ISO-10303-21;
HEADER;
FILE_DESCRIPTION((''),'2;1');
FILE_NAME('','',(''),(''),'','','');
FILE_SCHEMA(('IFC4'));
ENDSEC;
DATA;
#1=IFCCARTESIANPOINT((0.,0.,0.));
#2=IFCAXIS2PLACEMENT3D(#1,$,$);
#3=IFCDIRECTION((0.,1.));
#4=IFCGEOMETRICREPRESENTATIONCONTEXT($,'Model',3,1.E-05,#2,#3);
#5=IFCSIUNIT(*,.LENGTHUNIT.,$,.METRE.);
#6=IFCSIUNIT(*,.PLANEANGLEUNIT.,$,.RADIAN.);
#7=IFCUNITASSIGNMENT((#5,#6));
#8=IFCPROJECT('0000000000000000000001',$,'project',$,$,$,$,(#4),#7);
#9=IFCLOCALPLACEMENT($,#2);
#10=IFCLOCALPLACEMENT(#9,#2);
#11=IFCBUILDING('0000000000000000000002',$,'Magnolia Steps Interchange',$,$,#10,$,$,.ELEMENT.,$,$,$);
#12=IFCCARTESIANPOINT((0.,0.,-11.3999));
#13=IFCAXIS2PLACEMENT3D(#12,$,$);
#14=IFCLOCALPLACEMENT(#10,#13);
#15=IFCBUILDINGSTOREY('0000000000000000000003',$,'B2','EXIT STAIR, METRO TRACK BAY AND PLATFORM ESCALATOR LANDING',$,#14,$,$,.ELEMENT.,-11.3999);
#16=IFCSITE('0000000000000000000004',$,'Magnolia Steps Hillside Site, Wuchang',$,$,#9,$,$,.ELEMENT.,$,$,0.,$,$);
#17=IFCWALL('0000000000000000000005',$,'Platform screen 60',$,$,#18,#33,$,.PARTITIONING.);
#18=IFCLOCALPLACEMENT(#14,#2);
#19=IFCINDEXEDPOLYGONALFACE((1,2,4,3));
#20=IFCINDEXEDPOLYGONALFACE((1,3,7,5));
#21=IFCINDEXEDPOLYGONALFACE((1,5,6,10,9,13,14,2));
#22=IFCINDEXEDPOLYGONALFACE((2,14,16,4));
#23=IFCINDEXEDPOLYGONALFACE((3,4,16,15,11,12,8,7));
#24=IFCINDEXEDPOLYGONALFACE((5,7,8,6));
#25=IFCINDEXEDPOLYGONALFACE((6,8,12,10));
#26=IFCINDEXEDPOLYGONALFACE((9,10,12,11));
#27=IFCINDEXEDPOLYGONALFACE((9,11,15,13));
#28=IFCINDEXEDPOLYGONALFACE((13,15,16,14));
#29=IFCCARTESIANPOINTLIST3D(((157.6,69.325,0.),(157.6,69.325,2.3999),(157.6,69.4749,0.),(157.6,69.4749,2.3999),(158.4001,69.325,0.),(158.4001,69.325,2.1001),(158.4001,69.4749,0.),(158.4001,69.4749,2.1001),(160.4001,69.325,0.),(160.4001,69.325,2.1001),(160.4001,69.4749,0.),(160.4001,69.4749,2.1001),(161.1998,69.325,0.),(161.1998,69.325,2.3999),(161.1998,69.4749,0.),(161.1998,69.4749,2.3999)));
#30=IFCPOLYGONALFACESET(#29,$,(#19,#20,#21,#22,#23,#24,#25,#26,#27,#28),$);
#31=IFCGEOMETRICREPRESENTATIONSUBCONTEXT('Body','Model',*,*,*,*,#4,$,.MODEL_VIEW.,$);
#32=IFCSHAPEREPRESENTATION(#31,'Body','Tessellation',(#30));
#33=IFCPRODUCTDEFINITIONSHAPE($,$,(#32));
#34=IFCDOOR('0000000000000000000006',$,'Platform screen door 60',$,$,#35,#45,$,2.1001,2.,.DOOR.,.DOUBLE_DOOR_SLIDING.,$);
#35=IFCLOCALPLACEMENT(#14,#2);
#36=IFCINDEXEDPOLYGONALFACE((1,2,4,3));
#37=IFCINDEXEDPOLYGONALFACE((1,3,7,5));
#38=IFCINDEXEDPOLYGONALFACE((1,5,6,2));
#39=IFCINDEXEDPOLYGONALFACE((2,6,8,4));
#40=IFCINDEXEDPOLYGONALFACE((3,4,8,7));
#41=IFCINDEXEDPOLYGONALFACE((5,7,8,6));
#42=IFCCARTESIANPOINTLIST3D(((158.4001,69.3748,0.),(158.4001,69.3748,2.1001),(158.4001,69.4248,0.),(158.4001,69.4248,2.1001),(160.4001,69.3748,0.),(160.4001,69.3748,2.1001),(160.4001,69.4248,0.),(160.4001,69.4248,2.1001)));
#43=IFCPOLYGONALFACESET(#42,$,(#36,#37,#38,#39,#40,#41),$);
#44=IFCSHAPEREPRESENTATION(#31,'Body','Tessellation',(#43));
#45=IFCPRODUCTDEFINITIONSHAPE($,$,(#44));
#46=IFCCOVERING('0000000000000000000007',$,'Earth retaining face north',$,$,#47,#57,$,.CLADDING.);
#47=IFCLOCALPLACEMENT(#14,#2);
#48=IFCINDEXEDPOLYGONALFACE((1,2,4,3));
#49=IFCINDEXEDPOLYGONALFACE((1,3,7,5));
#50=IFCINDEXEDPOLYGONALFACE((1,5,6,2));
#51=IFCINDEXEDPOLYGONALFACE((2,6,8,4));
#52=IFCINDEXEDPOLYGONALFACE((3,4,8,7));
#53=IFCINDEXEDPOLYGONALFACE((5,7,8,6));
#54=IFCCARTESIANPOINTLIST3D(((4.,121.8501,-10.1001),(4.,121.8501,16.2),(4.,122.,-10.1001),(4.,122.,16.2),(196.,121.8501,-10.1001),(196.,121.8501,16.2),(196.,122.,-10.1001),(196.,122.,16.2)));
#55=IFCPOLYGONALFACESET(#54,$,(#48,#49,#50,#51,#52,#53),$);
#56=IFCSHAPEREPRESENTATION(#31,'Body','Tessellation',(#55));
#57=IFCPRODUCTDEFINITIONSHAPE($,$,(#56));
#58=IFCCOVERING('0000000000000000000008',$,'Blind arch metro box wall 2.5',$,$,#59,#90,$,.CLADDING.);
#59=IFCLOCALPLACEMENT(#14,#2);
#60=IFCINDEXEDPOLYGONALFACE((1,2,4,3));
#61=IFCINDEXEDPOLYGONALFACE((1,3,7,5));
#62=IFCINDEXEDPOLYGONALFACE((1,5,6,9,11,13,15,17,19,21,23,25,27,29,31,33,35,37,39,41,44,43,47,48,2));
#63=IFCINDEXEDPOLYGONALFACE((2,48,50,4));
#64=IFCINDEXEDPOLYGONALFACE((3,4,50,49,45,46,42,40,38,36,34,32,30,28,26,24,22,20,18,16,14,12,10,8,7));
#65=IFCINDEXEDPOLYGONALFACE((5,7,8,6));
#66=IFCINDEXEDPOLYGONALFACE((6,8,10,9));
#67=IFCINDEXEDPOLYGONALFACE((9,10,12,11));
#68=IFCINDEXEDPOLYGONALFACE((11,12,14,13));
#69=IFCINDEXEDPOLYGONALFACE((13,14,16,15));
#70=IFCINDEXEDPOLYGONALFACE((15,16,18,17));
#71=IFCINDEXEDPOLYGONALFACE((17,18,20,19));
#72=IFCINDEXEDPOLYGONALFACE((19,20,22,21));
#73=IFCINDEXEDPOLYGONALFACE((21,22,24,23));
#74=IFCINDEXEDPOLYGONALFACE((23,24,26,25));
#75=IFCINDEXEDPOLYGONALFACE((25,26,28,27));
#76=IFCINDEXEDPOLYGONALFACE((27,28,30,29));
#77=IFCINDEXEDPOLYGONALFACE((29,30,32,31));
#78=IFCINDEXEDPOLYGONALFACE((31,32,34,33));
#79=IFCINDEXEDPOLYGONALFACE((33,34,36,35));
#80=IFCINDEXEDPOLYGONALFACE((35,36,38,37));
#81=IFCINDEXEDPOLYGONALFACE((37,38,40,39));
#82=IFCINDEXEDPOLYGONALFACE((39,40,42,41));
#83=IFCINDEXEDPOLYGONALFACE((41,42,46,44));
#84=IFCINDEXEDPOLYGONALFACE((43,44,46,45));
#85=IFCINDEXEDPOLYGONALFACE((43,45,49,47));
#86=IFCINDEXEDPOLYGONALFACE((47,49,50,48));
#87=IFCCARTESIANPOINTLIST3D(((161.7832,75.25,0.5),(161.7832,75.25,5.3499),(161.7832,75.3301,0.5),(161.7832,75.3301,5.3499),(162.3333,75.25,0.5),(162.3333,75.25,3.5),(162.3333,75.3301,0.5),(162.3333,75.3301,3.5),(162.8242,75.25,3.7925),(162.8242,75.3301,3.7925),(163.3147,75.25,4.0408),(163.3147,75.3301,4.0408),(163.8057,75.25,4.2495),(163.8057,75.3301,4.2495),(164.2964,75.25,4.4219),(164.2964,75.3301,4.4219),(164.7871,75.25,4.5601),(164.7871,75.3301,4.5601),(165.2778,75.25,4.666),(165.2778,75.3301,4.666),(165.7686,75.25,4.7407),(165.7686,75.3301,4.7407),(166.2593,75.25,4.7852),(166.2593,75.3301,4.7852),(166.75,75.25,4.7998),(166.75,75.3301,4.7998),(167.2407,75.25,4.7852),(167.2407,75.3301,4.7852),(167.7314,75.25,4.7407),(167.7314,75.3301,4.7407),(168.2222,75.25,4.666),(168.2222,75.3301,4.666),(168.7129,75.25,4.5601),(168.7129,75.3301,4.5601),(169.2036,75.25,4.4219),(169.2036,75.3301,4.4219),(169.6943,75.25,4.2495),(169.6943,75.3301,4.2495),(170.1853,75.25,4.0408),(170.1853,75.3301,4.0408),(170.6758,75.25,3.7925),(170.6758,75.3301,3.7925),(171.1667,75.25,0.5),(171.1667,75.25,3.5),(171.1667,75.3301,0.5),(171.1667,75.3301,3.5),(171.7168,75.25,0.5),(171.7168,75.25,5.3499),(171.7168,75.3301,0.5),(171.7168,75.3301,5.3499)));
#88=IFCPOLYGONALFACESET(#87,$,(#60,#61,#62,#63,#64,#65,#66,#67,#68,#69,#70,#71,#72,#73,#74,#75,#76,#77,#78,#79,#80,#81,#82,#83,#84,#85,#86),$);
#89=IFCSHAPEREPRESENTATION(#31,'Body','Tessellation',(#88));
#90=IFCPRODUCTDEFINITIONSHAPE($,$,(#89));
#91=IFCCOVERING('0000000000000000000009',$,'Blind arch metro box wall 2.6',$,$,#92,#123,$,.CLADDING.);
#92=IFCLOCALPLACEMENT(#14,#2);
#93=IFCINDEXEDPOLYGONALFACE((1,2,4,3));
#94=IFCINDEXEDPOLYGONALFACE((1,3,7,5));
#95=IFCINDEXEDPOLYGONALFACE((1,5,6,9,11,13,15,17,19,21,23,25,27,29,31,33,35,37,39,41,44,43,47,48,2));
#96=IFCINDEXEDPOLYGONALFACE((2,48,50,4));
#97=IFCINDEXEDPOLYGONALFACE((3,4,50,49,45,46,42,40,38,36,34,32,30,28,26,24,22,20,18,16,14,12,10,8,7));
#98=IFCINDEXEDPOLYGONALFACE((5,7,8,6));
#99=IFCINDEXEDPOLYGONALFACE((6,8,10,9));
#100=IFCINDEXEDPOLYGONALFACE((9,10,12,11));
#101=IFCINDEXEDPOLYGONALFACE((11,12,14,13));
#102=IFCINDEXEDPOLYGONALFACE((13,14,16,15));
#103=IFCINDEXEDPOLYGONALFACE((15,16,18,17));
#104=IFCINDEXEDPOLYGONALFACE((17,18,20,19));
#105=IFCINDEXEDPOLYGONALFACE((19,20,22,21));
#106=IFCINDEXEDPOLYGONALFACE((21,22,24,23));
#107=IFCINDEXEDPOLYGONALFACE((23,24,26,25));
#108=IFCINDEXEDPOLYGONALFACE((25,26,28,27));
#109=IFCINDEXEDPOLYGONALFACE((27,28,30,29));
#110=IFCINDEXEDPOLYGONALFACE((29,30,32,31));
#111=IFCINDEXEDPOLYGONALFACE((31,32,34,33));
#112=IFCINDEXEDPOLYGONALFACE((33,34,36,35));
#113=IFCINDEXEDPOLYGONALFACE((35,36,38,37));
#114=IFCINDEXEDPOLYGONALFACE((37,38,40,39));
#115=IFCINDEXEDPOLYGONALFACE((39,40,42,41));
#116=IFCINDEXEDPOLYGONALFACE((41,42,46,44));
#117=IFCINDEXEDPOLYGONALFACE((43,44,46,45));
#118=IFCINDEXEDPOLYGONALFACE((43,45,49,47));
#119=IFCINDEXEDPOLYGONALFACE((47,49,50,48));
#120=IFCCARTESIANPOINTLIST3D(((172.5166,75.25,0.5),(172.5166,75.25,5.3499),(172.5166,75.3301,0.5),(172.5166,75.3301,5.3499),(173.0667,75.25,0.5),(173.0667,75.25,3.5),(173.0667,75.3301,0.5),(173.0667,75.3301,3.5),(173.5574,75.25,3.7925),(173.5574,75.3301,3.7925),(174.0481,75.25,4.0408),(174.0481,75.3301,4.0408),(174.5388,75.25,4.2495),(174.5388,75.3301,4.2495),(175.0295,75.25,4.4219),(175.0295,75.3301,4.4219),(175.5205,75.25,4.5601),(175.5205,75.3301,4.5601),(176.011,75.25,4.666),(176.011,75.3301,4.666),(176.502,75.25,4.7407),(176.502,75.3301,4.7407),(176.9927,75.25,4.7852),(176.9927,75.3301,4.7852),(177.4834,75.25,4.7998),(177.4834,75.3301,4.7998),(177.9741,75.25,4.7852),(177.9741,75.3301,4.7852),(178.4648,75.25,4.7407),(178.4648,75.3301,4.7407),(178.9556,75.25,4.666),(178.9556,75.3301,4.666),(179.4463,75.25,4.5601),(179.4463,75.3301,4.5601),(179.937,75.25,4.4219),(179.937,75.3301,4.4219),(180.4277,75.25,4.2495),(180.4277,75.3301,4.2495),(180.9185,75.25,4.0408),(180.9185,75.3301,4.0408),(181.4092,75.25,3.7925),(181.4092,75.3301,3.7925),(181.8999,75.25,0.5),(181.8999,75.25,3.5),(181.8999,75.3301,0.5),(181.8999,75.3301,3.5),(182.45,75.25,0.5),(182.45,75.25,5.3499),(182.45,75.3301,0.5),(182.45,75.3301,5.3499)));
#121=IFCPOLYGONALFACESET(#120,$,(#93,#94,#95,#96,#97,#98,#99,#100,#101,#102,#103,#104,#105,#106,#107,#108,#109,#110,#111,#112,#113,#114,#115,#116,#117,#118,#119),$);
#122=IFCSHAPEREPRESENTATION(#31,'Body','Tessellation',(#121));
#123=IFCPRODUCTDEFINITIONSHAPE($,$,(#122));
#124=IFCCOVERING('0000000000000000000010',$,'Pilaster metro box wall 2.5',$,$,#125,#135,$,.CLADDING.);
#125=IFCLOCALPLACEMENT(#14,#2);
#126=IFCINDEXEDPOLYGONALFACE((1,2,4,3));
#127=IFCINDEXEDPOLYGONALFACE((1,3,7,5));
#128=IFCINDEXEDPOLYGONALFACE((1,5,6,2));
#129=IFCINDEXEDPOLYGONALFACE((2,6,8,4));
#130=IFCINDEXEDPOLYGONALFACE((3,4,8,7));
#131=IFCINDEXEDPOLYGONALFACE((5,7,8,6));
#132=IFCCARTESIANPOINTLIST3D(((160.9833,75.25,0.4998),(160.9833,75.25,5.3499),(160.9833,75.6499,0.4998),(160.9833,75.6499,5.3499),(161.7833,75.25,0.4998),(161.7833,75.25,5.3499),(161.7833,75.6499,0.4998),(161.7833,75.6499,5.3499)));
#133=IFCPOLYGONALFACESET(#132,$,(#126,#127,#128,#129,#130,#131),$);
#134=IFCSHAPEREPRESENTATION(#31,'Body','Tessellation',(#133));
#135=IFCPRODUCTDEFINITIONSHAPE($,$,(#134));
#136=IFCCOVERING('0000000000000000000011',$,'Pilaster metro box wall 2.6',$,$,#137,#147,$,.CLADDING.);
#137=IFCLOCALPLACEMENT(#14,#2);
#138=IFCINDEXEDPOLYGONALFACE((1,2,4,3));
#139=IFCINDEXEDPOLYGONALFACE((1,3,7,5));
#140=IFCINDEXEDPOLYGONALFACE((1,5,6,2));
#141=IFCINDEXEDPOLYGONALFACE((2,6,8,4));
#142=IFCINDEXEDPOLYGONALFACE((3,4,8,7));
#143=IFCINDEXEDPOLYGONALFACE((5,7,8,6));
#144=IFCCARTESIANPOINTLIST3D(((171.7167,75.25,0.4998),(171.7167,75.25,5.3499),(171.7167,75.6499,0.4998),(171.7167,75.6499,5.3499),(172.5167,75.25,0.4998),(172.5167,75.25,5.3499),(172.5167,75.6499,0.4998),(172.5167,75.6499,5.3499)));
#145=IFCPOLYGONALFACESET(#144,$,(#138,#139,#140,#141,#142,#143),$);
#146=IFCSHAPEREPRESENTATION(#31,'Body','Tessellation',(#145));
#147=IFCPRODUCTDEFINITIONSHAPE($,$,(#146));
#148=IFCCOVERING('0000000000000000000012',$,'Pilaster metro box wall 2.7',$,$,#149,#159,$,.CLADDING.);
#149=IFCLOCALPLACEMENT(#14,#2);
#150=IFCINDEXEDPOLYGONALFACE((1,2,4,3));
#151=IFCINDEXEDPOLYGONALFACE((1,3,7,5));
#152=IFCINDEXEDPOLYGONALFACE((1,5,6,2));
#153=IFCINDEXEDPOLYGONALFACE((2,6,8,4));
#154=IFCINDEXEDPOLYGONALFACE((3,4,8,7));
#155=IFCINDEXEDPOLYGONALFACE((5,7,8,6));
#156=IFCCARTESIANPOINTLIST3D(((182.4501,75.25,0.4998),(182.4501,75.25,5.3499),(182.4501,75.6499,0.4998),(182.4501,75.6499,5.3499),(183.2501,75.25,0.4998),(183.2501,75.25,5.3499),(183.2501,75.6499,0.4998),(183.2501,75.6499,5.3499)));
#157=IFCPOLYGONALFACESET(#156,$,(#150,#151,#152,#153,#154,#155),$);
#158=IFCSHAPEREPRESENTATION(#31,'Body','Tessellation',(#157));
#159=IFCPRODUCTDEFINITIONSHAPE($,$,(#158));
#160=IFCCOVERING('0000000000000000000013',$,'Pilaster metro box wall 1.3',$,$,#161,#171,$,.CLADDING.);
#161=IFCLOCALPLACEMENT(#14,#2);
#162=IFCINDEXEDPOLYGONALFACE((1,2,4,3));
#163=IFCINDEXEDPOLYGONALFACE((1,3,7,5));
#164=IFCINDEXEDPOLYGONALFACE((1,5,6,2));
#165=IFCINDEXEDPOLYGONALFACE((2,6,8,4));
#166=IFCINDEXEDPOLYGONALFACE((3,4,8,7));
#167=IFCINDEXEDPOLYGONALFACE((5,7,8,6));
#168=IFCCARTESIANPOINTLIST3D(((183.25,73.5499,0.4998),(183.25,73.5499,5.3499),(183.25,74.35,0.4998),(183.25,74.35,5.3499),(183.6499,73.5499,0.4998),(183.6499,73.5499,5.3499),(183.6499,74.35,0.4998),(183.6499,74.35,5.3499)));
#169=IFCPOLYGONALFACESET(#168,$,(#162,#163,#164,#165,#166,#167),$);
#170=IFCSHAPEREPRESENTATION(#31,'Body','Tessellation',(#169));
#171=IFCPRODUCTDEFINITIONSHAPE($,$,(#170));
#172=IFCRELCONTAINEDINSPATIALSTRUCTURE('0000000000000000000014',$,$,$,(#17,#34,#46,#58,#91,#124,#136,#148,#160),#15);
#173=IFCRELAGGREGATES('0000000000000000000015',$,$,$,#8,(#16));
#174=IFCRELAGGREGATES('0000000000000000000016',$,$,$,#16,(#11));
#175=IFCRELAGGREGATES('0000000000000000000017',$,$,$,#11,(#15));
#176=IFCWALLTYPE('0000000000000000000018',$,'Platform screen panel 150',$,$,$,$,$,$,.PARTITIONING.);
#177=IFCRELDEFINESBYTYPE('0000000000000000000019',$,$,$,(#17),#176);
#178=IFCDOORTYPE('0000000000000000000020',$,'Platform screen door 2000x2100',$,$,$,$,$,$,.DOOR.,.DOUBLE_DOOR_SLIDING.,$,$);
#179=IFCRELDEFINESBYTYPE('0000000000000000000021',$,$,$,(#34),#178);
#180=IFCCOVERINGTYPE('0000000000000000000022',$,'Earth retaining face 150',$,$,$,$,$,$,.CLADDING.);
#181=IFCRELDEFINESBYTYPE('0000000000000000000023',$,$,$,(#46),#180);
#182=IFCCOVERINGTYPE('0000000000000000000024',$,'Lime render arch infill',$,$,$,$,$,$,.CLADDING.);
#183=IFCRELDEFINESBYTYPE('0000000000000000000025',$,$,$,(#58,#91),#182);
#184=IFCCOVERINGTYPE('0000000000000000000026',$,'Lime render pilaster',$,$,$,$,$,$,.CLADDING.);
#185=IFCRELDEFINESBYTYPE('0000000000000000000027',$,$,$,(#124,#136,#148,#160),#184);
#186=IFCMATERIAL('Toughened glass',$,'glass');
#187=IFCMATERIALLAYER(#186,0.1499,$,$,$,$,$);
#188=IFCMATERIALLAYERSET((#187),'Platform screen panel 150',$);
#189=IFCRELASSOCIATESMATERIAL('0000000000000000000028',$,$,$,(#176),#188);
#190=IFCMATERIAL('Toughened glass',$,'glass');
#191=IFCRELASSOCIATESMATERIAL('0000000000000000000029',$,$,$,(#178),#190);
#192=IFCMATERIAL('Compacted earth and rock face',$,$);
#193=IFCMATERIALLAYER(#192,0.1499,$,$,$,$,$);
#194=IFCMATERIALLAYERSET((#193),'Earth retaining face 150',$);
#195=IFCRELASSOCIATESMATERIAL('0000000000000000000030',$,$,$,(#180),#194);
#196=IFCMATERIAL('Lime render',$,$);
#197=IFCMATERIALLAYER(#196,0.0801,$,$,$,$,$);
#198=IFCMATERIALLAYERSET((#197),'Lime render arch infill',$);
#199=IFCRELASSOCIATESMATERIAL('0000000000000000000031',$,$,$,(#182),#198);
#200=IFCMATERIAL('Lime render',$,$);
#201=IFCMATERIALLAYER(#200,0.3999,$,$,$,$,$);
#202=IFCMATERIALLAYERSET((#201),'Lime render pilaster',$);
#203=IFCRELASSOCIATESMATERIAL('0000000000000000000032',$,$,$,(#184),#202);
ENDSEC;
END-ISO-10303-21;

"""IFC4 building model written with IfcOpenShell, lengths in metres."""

from ifc_helpers import new_model, si_unit, direction, frame, frame_2d, origin, origin_2d, place, context, subcontext, project, spatial, polyline, rectangle, outline, extrude, material, layer, layer_set, type_object, element, fill, save


model = new_model("IFC4")

# Units and contexts
model_context = context("Model", 3, precision=1e-05, world=origin(), true_north=direction((0.0, 1.0)))
body_context = subcontext(model_context, "Body", "Model", "MODEL_VIEW")
ifc_project = project(units=[si_unit("LENGTHUNIT", "METRE"), si_unit("PLANEANGLEUNIT", "RADIAN")], contexts=[model_context])

# Site, building, storey
site_placement = place(None, origin())
site = spatial("IfcSite", under=ifc_project, at=site_placement, Name="Magnolia Steps Hillside Site, Wuchang", CompositionType="ELEMENT", RefElevation=0.0)
building_placement = place(site_placement, origin())
building = spatial("IfcBuilding", under=site, at=building_placement, Name="Magnolia Steps Interchange", CompositionType="ELEMENT")
storey_placement = place(building_placement, frame((0.0, 0.0, -11.3999)))
storey = spatial("IfcBuildingStorey", under=building, at=storey_placement, Name="B2", Description="EXIT STAIR, METRO TRACK BAY AND PLATFORM ESCALATOR LANDING", CompositionType="ELEMENT", Elevation=-11.3999)

# Wall, opening, door
ifc_material_1 = material(Name="Toughened glass", Category="glass")
ifc_layer_1 = layer(ifc_material_1, 0.1499)
ifc_layer_set_1 = layer_set([ifc_layer_1], Name="Platform screen panel 150")
wall_type_1 = type_object("IfcWallType", Name="Platform screen panel 150", PredefinedType="PARTITIONING", material=ifc_layer_set_1)
wall_1_placement = place(storey_placement, frame((157.6001, 69.3999, 0.0), z_axis=(0.0, 0.0, 1.0), x_axis=(1.0, 0.0, 0.0)))
wall_1 = element("IfcWall", 1, at=wall_1_placement, inside=storey, type_object=wall_type_1, Name="Platform screen 60", PredefinedType="PARTITIONING", context=body_context, shape_type="SweptSolid", body=[
    extrude(rectangle(XDim=3.5999, YDim=0.1499, at=frame_2d((1.7998, 0.0))), origin(), (0.0, 0.0, 1.0), 2.3999),
])
opening_placement = place(wall_1_placement, frame((0.8, 0.0, 0.0)))
opening = element("IfcOpeningElement", 2, at=opening_placement, cuts=wall_1, PredefinedType="OPENING", context=body_context, shape_type="SweptSolid", body=[
    extrude(rectangle(XDim=2.0, YDim=2.1001, at=frame_2d((1.0, 1.05))), frame((0.0, 0.085, 0.0), z_axis=(0.0, -1.0, 0.0), x_axis=(1.0, 0.0, 0.0)), (0.0, 0.0, 1.0), 0.1699),
])
ifc_material_2 = material(Name="Toughened glass", Category="glass")
door_type = type_object("IfcDoorType", Name="Platform screen door 2000x2100", OperationType="DOUBLE_DOOR_SLIDING", PredefinedType="DOOR", material=ifc_material_2)
door_placement = place(opening_placement, origin())
door = element("IfcDoor", 3, at=door_placement, inside=storey, type_object=door_type, Name="Platform screen door 60", OperationType="DOUBLE_DOOR_SLIDING", OverallHeight=2.1001, OverallWidth=2.0, PredefinedType="DOOR", context=body_context, shape_type="SweptSolid", body=[
    extrude(rectangle(XDim=2.0, YDim=2.1001, at=frame_2d((1.0, 1.05))), frame((0.0, 0.0249, 0.0), z_axis=(0.0, -1.0, 0.0), x_axis=(1.0, 0.0, 0.0)), (0.0, 0.0, 1.0), 0.05),
])
fill(opening, door)

# Coverings
ifc_material_3 = material(Name="Compacted earth and rock face")
ifc_layer_2 = layer(ifc_material_3, 0.1499)
ifc_layer_set_2 = layer_set([ifc_layer_2], Name="Earth retaining face 150")
covering_type_1 = type_object("IfcCoveringType", Name="Earth retaining face 150", PredefinedType="CLADDING", material=ifc_layer_set_2)
covering_1_placement = place(storey_placement, frame((196.0, 121.925, -10.1001), z_axis=(0.0, 0.0, 1.0), x_axis=(-1.0, 0.0, 0.0)))
element("IfcCovering", 4, at=covering_1_placement, inside=storey, type_object=covering_type_1, Name="Earth retaining face north", PredefinedType="CLADDING", context=body_context, shape_type="SweptSolid", body=[
    extrude(rectangle(XDim=192.0, YDim=0.1499, at=frame_2d((96.0, 0.0))), origin(), (0.0, 0.0, 1.0), 26.3),
])
ifc_material_4 = material(Name="Lime render")
ifc_layer_3 = layer(ifc_material_4, 0.0801)
ifc_layer_set_3 = layer_set([ifc_layer_3], Name="Lime render arch infill")
covering_type_2 = type_object("IfcCoveringType", Name="Lime render arch infill", PredefinedType="CLADDING", material=ifc_layer_set_3)
covering_2_placement = place(storey_placement, frame((162.3333, 75.25, 0.5), z_axis=(0.0, -1.0, 0.0), x_axis=(0.0, 0.0, 1.0)))
element("IfcCovering", 5, at=covering_2_placement, inside=storey, type_object=covering_type_2, Name="Blind arch metro box wall 2.5", PredefinedType="CLADDING", context=body_context, shape_type="SweptSolid", body=[
    extrude(outline(polyline([(0.0, 0.0), (3.0, 0.0), (3.2925, -0.491), (3.5408, -0.9814), (3.7495, -1.4724), (3.9219, -1.9631), (4.0601, -2.4539), (4.166, -2.9446), (4.2407, -3.4353), (4.2852, -3.926), (4.2998, -4.4167), (4.2852, -4.9075), (4.2407, -5.3982), (4.166, -5.8889), (4.0601, -6.3796), (3.9219, -6.8704), (3.7495, -7.3611), (3.5408, -7.8521), (3.2925, -8.3425), (3.0, -8.8335), (0.0, -8.8335), (0.0, -9.3835), (4.8499, -9.3835), (4.8499, 0.55), (0.0, 0.55), (0.0, 0.0)])), origin(), (0.0, 0.0, -1.0), 0.0801),
])
covering_3_placement = place(storey_placement, frame((173.0667, 75.25, 0.5), z_axis=(0.0, -1.0, 0.0), x_axis=(0.0, 0.0, 1.0)))
element("IfcCovering", 6, at=covering_3_placement, inside=storey, type_object=covering_type_2, Name="Blind arch metro box wall 2.6", PredefinedType="CLADDING", context=body_context, shape_type="SweptSolid", body=[
    extrude(outline(polyline([(0.0, 0.0), (3.0, 0.0), (3.2925, -0.4907), (3.5408, -0.9814), (3.7495, -1.4722), (3.9219, -1.9629), (4.0601, -2.4539), (4.166, -2.9443), (4.2407, -3.4353), (4.2852, -3.926), (4.2998, -4.4167), (4.2852, -4.9075), (4.2407, -5.3982), (4.166, -5.8889), (4.0601, -6.3796), (3.9219, -6.8704), (3.7495, -7.3611), (3.5408, -7.8518), (3.2925, -8.3425), (3.0, -8.8333), (0.0, -8.8333), (0.0, -9.3833), (4.8499, -9.3833), (4.8499, 0.55), (0.0, 0.55), (0.0, 0.0)])), origin(), (0.0, 0.0, -1.0), 0.0801),
])
ifc_material_5 = material(Name="Lime render")
ifc_layer_4 = layer(ifc_material_5, 0.3999)
ifc_layer_set_4 = layer_set([ifc_layer_4], Name="Lime render pilaster")
covering_type_3 = type_object("IfcCoveringType", Name="Lime render pilaster", PredefinedType="CLADDING", material=ifc_layer_set_4)
for number, where, z_axis, x_axis, name in (
    (7, (161.3833, 75.45, 0.4998), (0.0, 0.0, 1.0), (1.0, 0.0, 0.0), "Pilaster metro box wall 2.5"),
    (8, (172.1167, 75.45, 0.4998), (0.0, 0.0, 1.0), (1.0, 0.0, 0.0), "Pilaster metro box wall 2.6"),
    (9, (182.8501, 75.45, 0.4998), (0.0, 0.0, 1.0), (1.0, 0.0, 0.0), "Pilaster metro box wall 2.7"),
):
    element("IfcCovering", number, at=place(storey_placement, frame(where, z_axis=z_axis, x_axis=x_axis)), inside=storey, type_object=covering_type_3, Name=name, PredefinedType="CLADDING", context=body_context, shape_type="SweptSolid", body=[
        extrude(rectangle(XDim=0.8, YDim=0.3999, at=origin_2d()), origin(), (0.0, 0.0, 1.0), 4.8501),
    ])
covering_4_placement = place(storey_placement, frame((183.45, 73.95, 0.4998), z_axis=(0.0, 0.0, 1.0), x_axis=(1.0, 0.0, 0.0)))
element("IfcCovering", 10, at=covering_4_placement, inside=storey, type_object=covering_type_3, Name="Pilaster metro box wall 1.3", PredefinedType="CLADDING", context=body_context, shape_type="SweptSolid", body=[
    extrude(rectangle(XDim=0.3999, YDim=0.8, at=origin_2d()), origin(), (0.0, 0.0, 1.0), 4.8501),
])

save(model, "model.ifc")
